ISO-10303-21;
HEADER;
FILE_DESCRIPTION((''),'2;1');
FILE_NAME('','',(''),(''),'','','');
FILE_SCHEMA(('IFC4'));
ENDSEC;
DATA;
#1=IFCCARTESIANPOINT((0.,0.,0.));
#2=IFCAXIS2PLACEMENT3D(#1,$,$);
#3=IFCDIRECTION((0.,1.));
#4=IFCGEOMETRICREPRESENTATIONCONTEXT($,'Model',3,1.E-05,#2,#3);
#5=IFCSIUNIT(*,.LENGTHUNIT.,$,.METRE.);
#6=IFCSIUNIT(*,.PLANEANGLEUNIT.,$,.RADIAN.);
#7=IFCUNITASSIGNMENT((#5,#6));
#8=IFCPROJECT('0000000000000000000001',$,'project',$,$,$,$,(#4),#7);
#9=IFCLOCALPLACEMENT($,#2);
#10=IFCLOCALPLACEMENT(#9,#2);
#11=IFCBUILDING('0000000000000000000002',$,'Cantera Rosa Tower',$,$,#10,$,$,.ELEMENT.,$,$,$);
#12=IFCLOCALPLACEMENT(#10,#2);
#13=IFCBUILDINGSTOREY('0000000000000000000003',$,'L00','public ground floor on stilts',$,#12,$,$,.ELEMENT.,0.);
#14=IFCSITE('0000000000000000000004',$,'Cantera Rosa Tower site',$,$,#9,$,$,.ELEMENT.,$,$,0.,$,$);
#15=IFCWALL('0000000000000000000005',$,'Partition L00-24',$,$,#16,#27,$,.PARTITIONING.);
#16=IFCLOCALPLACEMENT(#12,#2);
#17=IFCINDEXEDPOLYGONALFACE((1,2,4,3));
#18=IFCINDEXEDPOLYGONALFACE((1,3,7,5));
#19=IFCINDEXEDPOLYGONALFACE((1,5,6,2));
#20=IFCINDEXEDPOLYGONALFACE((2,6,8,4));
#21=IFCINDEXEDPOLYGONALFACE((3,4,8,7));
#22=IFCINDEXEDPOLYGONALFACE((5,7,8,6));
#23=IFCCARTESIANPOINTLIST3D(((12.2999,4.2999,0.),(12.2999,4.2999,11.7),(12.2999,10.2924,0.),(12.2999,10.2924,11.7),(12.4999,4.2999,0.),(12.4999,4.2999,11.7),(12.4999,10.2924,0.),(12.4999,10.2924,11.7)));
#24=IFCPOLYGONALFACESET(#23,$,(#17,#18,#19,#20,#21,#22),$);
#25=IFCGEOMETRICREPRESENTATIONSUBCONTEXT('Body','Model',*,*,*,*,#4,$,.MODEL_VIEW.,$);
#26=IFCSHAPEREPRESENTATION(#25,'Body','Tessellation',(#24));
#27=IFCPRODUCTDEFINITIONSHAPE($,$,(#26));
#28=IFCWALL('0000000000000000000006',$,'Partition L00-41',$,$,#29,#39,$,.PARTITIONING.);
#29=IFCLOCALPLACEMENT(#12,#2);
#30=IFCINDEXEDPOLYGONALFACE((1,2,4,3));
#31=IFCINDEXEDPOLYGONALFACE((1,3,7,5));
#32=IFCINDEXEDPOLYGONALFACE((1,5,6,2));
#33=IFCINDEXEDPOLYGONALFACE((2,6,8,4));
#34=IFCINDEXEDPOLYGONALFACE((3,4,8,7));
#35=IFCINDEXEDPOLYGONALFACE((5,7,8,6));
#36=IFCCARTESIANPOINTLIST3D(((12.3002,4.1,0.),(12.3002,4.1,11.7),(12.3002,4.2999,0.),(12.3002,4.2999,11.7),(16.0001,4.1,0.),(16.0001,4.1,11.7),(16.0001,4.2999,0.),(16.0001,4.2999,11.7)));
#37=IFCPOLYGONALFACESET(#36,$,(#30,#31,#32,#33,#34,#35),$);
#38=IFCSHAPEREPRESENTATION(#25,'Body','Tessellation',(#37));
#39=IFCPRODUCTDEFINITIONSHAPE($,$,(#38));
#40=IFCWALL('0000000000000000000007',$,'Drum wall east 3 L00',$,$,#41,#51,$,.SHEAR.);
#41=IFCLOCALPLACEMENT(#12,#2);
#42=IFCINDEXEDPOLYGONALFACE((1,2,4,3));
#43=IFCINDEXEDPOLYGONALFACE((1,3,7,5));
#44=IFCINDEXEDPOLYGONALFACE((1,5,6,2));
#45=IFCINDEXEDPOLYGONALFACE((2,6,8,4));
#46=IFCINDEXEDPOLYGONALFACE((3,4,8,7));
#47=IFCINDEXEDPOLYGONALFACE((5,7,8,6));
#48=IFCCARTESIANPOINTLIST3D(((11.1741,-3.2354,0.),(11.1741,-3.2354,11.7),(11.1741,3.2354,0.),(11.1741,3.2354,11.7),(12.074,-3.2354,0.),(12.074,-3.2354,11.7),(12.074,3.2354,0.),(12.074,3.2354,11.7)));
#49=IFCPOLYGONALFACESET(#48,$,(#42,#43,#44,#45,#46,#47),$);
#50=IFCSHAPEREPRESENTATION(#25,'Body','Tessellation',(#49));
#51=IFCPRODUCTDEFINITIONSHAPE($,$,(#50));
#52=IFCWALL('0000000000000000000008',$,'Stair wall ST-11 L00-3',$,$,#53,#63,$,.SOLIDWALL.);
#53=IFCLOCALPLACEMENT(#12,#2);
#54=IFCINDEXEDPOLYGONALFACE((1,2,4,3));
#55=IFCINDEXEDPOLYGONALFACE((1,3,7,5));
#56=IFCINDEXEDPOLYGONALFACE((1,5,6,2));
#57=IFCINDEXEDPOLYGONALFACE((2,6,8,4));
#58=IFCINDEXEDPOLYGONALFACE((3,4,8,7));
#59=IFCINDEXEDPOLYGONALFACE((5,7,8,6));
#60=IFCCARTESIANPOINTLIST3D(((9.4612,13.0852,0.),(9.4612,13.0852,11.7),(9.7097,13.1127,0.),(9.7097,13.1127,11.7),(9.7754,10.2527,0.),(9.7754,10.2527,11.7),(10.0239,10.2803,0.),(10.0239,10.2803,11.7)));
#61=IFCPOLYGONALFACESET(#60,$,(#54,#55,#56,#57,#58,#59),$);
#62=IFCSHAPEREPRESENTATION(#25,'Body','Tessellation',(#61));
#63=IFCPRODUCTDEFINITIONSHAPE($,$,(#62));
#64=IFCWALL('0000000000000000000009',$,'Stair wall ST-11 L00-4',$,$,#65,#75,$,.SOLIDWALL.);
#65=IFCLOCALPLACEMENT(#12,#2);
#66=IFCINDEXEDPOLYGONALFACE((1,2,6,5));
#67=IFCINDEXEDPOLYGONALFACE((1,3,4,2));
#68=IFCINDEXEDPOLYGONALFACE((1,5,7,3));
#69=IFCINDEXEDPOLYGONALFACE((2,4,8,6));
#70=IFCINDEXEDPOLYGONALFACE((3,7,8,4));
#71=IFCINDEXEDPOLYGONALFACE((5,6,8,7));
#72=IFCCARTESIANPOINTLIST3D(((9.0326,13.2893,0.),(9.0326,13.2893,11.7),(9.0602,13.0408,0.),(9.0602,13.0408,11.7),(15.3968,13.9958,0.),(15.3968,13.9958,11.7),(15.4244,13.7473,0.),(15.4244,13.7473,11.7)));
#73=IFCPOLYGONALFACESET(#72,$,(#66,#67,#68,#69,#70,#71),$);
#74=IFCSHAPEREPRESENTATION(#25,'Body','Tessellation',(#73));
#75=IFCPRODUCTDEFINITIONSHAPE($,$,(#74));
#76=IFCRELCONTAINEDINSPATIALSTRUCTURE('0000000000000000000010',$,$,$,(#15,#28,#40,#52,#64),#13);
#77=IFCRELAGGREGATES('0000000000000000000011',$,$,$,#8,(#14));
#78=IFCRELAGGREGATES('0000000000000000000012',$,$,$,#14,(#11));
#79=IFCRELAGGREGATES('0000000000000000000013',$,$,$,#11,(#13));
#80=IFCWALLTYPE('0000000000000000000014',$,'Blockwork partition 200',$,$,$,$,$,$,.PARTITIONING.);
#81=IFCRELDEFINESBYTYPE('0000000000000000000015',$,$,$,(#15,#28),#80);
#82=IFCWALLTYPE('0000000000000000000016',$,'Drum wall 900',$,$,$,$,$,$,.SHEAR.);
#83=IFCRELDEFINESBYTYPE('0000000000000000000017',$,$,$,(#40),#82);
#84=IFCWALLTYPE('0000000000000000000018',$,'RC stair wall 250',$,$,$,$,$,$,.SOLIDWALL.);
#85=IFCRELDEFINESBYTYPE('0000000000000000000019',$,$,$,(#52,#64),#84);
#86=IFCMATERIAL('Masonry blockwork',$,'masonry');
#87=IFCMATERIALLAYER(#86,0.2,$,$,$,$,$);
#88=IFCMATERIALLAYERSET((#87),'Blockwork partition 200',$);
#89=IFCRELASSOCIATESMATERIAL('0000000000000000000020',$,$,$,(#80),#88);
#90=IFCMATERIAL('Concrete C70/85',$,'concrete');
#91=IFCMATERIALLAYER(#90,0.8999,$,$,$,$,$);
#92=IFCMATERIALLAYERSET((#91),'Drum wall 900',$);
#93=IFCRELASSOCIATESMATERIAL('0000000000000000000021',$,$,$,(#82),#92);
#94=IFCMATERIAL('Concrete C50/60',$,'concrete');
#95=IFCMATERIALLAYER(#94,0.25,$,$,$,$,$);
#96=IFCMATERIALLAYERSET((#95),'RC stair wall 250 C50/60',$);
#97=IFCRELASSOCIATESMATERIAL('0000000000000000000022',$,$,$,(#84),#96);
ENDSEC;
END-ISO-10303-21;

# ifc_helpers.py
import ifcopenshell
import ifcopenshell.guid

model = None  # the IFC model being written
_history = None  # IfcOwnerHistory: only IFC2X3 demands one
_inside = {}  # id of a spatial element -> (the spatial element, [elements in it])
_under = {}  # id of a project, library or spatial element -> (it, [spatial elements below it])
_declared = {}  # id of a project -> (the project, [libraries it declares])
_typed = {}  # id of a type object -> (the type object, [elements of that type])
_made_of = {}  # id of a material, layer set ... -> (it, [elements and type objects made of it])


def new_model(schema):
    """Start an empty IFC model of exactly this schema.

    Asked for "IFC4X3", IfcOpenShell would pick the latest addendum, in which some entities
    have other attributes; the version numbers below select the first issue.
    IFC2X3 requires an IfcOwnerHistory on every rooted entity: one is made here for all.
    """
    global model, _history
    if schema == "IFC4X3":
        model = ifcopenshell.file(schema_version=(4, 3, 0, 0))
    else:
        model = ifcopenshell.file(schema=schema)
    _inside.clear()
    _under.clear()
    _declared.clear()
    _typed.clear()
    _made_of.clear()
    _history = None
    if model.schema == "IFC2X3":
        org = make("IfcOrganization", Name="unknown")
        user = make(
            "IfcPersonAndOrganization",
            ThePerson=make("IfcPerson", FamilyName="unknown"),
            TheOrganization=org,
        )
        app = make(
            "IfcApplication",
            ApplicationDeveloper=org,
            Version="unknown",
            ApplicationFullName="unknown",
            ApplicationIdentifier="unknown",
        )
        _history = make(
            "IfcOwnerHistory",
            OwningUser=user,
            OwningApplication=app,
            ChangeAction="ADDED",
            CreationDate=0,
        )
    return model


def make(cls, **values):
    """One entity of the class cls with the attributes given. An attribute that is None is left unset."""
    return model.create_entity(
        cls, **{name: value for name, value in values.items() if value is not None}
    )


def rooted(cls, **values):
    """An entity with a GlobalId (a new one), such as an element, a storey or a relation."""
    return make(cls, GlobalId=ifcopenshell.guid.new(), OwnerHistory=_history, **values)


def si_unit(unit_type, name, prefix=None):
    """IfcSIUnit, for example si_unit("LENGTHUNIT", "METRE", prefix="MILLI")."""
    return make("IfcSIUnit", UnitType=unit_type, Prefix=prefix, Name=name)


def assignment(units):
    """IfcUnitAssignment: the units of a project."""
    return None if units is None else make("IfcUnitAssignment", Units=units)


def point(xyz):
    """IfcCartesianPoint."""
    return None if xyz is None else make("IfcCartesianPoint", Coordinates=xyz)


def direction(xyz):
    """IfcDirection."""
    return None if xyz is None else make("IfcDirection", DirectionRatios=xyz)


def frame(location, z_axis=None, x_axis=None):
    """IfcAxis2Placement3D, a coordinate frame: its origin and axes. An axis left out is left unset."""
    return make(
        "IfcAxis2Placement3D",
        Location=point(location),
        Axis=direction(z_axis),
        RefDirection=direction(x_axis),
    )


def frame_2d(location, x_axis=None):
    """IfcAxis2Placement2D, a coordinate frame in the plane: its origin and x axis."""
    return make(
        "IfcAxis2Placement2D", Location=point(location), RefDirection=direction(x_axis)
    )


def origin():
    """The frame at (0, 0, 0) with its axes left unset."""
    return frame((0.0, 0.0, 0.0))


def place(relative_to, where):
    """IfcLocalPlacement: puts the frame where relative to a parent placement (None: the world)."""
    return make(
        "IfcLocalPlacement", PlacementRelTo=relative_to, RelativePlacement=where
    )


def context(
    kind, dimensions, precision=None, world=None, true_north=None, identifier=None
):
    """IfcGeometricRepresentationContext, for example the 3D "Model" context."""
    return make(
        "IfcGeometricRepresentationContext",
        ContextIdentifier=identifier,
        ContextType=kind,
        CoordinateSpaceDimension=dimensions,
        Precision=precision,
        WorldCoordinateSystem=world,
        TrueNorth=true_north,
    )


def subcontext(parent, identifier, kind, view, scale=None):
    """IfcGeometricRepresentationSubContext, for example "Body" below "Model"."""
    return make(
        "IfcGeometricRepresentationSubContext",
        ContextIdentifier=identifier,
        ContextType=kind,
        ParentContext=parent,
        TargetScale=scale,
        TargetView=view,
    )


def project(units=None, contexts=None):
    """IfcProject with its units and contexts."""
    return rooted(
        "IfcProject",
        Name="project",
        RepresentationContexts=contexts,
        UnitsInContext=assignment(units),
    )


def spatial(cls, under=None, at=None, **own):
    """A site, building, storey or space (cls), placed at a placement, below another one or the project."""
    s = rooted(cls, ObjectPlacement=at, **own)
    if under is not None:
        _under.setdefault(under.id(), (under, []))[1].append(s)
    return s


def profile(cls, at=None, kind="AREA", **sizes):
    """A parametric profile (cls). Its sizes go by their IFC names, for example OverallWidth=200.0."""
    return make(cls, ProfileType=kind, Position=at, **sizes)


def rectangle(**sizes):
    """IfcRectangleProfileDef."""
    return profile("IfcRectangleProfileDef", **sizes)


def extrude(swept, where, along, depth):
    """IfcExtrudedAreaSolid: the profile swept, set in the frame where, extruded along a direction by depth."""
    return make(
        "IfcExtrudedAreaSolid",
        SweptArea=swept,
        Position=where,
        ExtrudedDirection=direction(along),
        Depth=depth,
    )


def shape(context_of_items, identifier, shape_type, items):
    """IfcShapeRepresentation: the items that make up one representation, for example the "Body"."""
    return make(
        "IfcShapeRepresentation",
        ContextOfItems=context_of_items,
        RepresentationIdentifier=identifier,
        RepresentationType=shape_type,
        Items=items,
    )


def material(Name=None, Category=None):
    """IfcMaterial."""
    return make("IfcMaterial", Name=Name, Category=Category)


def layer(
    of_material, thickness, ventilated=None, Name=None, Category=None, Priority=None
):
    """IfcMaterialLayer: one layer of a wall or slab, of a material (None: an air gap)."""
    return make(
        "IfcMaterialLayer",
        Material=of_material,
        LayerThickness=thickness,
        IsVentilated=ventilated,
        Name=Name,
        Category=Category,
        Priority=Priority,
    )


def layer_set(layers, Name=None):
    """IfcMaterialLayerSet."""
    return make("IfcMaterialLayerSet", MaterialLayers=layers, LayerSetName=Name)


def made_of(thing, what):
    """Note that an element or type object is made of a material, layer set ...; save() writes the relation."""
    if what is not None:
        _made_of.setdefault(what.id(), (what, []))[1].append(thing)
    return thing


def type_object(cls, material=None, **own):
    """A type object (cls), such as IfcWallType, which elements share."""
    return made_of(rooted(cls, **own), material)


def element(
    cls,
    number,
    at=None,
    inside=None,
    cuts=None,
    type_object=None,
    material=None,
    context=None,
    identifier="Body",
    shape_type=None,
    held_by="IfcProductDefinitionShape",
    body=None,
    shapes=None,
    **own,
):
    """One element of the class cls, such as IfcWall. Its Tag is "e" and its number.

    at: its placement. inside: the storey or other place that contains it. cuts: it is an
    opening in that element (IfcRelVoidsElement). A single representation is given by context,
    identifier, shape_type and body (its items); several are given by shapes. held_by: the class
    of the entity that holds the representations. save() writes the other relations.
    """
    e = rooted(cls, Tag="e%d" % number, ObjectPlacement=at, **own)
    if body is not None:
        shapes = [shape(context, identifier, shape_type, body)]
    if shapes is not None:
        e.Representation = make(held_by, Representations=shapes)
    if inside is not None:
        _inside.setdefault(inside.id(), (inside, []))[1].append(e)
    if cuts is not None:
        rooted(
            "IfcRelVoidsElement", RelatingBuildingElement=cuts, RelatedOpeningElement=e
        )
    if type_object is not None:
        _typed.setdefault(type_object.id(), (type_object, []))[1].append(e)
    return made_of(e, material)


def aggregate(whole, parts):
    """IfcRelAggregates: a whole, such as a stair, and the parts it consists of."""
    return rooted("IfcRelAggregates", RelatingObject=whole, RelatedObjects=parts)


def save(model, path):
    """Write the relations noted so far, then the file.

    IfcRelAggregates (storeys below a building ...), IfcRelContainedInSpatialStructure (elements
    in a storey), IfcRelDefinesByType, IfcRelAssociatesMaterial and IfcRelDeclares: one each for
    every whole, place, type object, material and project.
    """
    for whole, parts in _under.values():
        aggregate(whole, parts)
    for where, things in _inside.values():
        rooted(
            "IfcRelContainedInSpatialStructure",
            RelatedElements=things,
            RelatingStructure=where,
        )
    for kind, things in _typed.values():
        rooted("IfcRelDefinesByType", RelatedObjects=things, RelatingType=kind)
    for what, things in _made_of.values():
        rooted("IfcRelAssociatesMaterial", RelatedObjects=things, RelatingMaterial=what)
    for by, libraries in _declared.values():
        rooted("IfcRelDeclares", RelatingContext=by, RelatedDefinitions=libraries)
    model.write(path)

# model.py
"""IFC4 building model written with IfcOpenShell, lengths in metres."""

from ifc_helpers import new_model, si_unit, direction, frame, frame_2d, origin, place, context, subcontext, project, spatial, rectangle, extrude, material, layer, layer_set, type_object, element, save


model = new_model("IFC4")

# Units and contexts
model_context = context("Model", 3, precision=1e-05, world=origin(), true_north=direction((0.0, 1.0)))
body_context = subcontext(model_context, "Body", "Model", "MODEL_VIEW")
ifc_project = project(units=[si_unit("LENGTHUNIT", "METRE"), si_unit("PLANEANGLEUNIT", "RADIAN")], contexts=[model_context])

# Site, building, storey
site_placement = place(None, origin())
site = spatial("IfcSite", under=ifc_project, at=site_placement, Name="Cantera Rosa Tower site", CompositionType="ELEMENT", RefElevation=0.0)
building_placement = place(site_placement, origin())
building = spatial("IfcBuilding", under=site, at=building_placement, Name="Cantera Rosa Tower", CompositionType="ELEMENT")
storey_placement = place(building_placement, origin())
storey = spatial("IfcBuildingStorey", under=building, at=storey_placement, Name="L00", Description="public ground floor on stilts", CompositionType="ELEMENT", Elevation=0.0)

# Walls
ifc_material_1 = material(Name="Masonry blockwork", Category="masonry")
ifc_layer_1 = layer(ifc_material_1, 0.2)
ifc_layer_set_1 = layer_set([ifc_layer_1], Name="Blockwork partition 200")
wall_type_1 = type_object("IfcWallType", Name="Blockwork partition 200", PredefinedType="PARTITIONING", material=ifc_layer_set_1)
wall_1_placement = place(storey_placement, frame((12.3999, 4.3, 0.0), z_axis=(0.0, 0.0, 1.0), x_axis=(0.0, 1.0, 0.0)))
element("IfcWall", 1, at=wall_1_placement, inside=storey, type_object=wall_type_1, Name="Partition L00-24", PredefinedType="PARTITIONING", context=body_context, shape_type="SweptSolid", body=[
    extrude(rectangle(XDim=5.9924, YDim=0.2, at=frame_2d((2.9961, 0.0))), origin(), (0.0, 0.0, 1.0), 11.7),
])
wall_2_placement = place(storey_placement, frame((12.3, 4.2, 0.0), z_axis=(0.0, 0.0, 1.0), x_axis=(1.0, 0.0, 0.0)))
element("IfcWall", 2, at=wall_2_placement, inside=storey, type_object=wall_type_1, Name="Partition L00-41", PredefinedType="PARTITIONING", context=body_context, shape_type="SweptSolid", body=[
    extrude(rectangle(XDim=3.7, YDim=0.2, at=frame_2d((1.8501, 0.0))), origin(), (0.0, 0.0, 1.0), 11.7),
])
ifc_material_2 = material(Name="Concrete C70/85", Category="concrete")
ifc_layer_2 = layer(ifc_material_2, 0.8999)
ifc_layer_set_2 = layer_set([ifc_layer_2], Name="Drum wall 900")
wall_type_2 = type_object("IfcWallType", Name="Drum wall 900", PredefinedType="SHEAR", material=ifc_layer_set_2)
wall_3_placement = place(storey_placement, frame((11.624, 3.2354, 0.0), z_axis=(0.0, 0.0, 1.0), x_axis=(0.0, -1.0, 0.0)))
element("IfcWall", 3, at=wall_3_placement, inside=storey, type_object=wall_type_2, Name="Drum wall east 3 L00", PredefinedType="SHEAR", context=body_context, shape_type="SweptSolid", body=[
    extrude(rectangle(XDim=6.4707, YDim=0.8999, at=frame_2d((3.2354, 0.0))), origin(), (0.0, 0.0, 1.0), 11.7),
])
ifc_material_3 = material(Name="Concrete C50/60", Category="concrete")
ifc_layer_3 = layer(ifc_material_3, 0.25)
ifc_layer_set_3 = layer_set([ifc_layer_3], Name="RC stair wall 250 C50/60")
wall_type_3 = type_object("IfcWallType", Name="RC stair wall 250", PredefinedType="SOLIDWALL", material=ifc_layer_set_3)
wall_4_placement = place(storey_placement, frame((9.8997, 10.2666, 0.0), z_axis=(0.0, 0.0, 1.0), x_axis=(-0.110253, 0.993904, 0.0)))
element("IfcWall", 4, at=wall_4_placement, inside=storey, type_object=wall_type_3, Name="Stair wall ST-11 L00-3", PredefinedType="SOLIDWALL", context=body_context, shape_type="SweptSolid", body=[
    extrude(rectangle(XDim=2.8499, YDim=0.25, at=frame_2d((1.4248, 0.0))), origin(), (0.0, 0.0, 1.0), 11.7),
])
wall_5_placement = place(storey_placement, frame((9.0464, 13.165, 0.0), z_axis=(0.0, 0.0, 1.0), x_axis=(0.993894, 0.110339, 0.0)))
element("IfcWall", 5, at=wall_5_placement, inside=storey, type_object=wall_type_3, Name="Stair wall ST-11 L00-4", PredefinedType="SOLIDWALL", context=body_context, shape_type="SweptSolid", body=[
    extrude(rectangle(XDim=6.4033, YDim=0.25, at=frame_2d((3.2017, 0.0))), origin(), (0.0, 0.0, 1.0), 11.7),
])

save(model, "model.ifc")
